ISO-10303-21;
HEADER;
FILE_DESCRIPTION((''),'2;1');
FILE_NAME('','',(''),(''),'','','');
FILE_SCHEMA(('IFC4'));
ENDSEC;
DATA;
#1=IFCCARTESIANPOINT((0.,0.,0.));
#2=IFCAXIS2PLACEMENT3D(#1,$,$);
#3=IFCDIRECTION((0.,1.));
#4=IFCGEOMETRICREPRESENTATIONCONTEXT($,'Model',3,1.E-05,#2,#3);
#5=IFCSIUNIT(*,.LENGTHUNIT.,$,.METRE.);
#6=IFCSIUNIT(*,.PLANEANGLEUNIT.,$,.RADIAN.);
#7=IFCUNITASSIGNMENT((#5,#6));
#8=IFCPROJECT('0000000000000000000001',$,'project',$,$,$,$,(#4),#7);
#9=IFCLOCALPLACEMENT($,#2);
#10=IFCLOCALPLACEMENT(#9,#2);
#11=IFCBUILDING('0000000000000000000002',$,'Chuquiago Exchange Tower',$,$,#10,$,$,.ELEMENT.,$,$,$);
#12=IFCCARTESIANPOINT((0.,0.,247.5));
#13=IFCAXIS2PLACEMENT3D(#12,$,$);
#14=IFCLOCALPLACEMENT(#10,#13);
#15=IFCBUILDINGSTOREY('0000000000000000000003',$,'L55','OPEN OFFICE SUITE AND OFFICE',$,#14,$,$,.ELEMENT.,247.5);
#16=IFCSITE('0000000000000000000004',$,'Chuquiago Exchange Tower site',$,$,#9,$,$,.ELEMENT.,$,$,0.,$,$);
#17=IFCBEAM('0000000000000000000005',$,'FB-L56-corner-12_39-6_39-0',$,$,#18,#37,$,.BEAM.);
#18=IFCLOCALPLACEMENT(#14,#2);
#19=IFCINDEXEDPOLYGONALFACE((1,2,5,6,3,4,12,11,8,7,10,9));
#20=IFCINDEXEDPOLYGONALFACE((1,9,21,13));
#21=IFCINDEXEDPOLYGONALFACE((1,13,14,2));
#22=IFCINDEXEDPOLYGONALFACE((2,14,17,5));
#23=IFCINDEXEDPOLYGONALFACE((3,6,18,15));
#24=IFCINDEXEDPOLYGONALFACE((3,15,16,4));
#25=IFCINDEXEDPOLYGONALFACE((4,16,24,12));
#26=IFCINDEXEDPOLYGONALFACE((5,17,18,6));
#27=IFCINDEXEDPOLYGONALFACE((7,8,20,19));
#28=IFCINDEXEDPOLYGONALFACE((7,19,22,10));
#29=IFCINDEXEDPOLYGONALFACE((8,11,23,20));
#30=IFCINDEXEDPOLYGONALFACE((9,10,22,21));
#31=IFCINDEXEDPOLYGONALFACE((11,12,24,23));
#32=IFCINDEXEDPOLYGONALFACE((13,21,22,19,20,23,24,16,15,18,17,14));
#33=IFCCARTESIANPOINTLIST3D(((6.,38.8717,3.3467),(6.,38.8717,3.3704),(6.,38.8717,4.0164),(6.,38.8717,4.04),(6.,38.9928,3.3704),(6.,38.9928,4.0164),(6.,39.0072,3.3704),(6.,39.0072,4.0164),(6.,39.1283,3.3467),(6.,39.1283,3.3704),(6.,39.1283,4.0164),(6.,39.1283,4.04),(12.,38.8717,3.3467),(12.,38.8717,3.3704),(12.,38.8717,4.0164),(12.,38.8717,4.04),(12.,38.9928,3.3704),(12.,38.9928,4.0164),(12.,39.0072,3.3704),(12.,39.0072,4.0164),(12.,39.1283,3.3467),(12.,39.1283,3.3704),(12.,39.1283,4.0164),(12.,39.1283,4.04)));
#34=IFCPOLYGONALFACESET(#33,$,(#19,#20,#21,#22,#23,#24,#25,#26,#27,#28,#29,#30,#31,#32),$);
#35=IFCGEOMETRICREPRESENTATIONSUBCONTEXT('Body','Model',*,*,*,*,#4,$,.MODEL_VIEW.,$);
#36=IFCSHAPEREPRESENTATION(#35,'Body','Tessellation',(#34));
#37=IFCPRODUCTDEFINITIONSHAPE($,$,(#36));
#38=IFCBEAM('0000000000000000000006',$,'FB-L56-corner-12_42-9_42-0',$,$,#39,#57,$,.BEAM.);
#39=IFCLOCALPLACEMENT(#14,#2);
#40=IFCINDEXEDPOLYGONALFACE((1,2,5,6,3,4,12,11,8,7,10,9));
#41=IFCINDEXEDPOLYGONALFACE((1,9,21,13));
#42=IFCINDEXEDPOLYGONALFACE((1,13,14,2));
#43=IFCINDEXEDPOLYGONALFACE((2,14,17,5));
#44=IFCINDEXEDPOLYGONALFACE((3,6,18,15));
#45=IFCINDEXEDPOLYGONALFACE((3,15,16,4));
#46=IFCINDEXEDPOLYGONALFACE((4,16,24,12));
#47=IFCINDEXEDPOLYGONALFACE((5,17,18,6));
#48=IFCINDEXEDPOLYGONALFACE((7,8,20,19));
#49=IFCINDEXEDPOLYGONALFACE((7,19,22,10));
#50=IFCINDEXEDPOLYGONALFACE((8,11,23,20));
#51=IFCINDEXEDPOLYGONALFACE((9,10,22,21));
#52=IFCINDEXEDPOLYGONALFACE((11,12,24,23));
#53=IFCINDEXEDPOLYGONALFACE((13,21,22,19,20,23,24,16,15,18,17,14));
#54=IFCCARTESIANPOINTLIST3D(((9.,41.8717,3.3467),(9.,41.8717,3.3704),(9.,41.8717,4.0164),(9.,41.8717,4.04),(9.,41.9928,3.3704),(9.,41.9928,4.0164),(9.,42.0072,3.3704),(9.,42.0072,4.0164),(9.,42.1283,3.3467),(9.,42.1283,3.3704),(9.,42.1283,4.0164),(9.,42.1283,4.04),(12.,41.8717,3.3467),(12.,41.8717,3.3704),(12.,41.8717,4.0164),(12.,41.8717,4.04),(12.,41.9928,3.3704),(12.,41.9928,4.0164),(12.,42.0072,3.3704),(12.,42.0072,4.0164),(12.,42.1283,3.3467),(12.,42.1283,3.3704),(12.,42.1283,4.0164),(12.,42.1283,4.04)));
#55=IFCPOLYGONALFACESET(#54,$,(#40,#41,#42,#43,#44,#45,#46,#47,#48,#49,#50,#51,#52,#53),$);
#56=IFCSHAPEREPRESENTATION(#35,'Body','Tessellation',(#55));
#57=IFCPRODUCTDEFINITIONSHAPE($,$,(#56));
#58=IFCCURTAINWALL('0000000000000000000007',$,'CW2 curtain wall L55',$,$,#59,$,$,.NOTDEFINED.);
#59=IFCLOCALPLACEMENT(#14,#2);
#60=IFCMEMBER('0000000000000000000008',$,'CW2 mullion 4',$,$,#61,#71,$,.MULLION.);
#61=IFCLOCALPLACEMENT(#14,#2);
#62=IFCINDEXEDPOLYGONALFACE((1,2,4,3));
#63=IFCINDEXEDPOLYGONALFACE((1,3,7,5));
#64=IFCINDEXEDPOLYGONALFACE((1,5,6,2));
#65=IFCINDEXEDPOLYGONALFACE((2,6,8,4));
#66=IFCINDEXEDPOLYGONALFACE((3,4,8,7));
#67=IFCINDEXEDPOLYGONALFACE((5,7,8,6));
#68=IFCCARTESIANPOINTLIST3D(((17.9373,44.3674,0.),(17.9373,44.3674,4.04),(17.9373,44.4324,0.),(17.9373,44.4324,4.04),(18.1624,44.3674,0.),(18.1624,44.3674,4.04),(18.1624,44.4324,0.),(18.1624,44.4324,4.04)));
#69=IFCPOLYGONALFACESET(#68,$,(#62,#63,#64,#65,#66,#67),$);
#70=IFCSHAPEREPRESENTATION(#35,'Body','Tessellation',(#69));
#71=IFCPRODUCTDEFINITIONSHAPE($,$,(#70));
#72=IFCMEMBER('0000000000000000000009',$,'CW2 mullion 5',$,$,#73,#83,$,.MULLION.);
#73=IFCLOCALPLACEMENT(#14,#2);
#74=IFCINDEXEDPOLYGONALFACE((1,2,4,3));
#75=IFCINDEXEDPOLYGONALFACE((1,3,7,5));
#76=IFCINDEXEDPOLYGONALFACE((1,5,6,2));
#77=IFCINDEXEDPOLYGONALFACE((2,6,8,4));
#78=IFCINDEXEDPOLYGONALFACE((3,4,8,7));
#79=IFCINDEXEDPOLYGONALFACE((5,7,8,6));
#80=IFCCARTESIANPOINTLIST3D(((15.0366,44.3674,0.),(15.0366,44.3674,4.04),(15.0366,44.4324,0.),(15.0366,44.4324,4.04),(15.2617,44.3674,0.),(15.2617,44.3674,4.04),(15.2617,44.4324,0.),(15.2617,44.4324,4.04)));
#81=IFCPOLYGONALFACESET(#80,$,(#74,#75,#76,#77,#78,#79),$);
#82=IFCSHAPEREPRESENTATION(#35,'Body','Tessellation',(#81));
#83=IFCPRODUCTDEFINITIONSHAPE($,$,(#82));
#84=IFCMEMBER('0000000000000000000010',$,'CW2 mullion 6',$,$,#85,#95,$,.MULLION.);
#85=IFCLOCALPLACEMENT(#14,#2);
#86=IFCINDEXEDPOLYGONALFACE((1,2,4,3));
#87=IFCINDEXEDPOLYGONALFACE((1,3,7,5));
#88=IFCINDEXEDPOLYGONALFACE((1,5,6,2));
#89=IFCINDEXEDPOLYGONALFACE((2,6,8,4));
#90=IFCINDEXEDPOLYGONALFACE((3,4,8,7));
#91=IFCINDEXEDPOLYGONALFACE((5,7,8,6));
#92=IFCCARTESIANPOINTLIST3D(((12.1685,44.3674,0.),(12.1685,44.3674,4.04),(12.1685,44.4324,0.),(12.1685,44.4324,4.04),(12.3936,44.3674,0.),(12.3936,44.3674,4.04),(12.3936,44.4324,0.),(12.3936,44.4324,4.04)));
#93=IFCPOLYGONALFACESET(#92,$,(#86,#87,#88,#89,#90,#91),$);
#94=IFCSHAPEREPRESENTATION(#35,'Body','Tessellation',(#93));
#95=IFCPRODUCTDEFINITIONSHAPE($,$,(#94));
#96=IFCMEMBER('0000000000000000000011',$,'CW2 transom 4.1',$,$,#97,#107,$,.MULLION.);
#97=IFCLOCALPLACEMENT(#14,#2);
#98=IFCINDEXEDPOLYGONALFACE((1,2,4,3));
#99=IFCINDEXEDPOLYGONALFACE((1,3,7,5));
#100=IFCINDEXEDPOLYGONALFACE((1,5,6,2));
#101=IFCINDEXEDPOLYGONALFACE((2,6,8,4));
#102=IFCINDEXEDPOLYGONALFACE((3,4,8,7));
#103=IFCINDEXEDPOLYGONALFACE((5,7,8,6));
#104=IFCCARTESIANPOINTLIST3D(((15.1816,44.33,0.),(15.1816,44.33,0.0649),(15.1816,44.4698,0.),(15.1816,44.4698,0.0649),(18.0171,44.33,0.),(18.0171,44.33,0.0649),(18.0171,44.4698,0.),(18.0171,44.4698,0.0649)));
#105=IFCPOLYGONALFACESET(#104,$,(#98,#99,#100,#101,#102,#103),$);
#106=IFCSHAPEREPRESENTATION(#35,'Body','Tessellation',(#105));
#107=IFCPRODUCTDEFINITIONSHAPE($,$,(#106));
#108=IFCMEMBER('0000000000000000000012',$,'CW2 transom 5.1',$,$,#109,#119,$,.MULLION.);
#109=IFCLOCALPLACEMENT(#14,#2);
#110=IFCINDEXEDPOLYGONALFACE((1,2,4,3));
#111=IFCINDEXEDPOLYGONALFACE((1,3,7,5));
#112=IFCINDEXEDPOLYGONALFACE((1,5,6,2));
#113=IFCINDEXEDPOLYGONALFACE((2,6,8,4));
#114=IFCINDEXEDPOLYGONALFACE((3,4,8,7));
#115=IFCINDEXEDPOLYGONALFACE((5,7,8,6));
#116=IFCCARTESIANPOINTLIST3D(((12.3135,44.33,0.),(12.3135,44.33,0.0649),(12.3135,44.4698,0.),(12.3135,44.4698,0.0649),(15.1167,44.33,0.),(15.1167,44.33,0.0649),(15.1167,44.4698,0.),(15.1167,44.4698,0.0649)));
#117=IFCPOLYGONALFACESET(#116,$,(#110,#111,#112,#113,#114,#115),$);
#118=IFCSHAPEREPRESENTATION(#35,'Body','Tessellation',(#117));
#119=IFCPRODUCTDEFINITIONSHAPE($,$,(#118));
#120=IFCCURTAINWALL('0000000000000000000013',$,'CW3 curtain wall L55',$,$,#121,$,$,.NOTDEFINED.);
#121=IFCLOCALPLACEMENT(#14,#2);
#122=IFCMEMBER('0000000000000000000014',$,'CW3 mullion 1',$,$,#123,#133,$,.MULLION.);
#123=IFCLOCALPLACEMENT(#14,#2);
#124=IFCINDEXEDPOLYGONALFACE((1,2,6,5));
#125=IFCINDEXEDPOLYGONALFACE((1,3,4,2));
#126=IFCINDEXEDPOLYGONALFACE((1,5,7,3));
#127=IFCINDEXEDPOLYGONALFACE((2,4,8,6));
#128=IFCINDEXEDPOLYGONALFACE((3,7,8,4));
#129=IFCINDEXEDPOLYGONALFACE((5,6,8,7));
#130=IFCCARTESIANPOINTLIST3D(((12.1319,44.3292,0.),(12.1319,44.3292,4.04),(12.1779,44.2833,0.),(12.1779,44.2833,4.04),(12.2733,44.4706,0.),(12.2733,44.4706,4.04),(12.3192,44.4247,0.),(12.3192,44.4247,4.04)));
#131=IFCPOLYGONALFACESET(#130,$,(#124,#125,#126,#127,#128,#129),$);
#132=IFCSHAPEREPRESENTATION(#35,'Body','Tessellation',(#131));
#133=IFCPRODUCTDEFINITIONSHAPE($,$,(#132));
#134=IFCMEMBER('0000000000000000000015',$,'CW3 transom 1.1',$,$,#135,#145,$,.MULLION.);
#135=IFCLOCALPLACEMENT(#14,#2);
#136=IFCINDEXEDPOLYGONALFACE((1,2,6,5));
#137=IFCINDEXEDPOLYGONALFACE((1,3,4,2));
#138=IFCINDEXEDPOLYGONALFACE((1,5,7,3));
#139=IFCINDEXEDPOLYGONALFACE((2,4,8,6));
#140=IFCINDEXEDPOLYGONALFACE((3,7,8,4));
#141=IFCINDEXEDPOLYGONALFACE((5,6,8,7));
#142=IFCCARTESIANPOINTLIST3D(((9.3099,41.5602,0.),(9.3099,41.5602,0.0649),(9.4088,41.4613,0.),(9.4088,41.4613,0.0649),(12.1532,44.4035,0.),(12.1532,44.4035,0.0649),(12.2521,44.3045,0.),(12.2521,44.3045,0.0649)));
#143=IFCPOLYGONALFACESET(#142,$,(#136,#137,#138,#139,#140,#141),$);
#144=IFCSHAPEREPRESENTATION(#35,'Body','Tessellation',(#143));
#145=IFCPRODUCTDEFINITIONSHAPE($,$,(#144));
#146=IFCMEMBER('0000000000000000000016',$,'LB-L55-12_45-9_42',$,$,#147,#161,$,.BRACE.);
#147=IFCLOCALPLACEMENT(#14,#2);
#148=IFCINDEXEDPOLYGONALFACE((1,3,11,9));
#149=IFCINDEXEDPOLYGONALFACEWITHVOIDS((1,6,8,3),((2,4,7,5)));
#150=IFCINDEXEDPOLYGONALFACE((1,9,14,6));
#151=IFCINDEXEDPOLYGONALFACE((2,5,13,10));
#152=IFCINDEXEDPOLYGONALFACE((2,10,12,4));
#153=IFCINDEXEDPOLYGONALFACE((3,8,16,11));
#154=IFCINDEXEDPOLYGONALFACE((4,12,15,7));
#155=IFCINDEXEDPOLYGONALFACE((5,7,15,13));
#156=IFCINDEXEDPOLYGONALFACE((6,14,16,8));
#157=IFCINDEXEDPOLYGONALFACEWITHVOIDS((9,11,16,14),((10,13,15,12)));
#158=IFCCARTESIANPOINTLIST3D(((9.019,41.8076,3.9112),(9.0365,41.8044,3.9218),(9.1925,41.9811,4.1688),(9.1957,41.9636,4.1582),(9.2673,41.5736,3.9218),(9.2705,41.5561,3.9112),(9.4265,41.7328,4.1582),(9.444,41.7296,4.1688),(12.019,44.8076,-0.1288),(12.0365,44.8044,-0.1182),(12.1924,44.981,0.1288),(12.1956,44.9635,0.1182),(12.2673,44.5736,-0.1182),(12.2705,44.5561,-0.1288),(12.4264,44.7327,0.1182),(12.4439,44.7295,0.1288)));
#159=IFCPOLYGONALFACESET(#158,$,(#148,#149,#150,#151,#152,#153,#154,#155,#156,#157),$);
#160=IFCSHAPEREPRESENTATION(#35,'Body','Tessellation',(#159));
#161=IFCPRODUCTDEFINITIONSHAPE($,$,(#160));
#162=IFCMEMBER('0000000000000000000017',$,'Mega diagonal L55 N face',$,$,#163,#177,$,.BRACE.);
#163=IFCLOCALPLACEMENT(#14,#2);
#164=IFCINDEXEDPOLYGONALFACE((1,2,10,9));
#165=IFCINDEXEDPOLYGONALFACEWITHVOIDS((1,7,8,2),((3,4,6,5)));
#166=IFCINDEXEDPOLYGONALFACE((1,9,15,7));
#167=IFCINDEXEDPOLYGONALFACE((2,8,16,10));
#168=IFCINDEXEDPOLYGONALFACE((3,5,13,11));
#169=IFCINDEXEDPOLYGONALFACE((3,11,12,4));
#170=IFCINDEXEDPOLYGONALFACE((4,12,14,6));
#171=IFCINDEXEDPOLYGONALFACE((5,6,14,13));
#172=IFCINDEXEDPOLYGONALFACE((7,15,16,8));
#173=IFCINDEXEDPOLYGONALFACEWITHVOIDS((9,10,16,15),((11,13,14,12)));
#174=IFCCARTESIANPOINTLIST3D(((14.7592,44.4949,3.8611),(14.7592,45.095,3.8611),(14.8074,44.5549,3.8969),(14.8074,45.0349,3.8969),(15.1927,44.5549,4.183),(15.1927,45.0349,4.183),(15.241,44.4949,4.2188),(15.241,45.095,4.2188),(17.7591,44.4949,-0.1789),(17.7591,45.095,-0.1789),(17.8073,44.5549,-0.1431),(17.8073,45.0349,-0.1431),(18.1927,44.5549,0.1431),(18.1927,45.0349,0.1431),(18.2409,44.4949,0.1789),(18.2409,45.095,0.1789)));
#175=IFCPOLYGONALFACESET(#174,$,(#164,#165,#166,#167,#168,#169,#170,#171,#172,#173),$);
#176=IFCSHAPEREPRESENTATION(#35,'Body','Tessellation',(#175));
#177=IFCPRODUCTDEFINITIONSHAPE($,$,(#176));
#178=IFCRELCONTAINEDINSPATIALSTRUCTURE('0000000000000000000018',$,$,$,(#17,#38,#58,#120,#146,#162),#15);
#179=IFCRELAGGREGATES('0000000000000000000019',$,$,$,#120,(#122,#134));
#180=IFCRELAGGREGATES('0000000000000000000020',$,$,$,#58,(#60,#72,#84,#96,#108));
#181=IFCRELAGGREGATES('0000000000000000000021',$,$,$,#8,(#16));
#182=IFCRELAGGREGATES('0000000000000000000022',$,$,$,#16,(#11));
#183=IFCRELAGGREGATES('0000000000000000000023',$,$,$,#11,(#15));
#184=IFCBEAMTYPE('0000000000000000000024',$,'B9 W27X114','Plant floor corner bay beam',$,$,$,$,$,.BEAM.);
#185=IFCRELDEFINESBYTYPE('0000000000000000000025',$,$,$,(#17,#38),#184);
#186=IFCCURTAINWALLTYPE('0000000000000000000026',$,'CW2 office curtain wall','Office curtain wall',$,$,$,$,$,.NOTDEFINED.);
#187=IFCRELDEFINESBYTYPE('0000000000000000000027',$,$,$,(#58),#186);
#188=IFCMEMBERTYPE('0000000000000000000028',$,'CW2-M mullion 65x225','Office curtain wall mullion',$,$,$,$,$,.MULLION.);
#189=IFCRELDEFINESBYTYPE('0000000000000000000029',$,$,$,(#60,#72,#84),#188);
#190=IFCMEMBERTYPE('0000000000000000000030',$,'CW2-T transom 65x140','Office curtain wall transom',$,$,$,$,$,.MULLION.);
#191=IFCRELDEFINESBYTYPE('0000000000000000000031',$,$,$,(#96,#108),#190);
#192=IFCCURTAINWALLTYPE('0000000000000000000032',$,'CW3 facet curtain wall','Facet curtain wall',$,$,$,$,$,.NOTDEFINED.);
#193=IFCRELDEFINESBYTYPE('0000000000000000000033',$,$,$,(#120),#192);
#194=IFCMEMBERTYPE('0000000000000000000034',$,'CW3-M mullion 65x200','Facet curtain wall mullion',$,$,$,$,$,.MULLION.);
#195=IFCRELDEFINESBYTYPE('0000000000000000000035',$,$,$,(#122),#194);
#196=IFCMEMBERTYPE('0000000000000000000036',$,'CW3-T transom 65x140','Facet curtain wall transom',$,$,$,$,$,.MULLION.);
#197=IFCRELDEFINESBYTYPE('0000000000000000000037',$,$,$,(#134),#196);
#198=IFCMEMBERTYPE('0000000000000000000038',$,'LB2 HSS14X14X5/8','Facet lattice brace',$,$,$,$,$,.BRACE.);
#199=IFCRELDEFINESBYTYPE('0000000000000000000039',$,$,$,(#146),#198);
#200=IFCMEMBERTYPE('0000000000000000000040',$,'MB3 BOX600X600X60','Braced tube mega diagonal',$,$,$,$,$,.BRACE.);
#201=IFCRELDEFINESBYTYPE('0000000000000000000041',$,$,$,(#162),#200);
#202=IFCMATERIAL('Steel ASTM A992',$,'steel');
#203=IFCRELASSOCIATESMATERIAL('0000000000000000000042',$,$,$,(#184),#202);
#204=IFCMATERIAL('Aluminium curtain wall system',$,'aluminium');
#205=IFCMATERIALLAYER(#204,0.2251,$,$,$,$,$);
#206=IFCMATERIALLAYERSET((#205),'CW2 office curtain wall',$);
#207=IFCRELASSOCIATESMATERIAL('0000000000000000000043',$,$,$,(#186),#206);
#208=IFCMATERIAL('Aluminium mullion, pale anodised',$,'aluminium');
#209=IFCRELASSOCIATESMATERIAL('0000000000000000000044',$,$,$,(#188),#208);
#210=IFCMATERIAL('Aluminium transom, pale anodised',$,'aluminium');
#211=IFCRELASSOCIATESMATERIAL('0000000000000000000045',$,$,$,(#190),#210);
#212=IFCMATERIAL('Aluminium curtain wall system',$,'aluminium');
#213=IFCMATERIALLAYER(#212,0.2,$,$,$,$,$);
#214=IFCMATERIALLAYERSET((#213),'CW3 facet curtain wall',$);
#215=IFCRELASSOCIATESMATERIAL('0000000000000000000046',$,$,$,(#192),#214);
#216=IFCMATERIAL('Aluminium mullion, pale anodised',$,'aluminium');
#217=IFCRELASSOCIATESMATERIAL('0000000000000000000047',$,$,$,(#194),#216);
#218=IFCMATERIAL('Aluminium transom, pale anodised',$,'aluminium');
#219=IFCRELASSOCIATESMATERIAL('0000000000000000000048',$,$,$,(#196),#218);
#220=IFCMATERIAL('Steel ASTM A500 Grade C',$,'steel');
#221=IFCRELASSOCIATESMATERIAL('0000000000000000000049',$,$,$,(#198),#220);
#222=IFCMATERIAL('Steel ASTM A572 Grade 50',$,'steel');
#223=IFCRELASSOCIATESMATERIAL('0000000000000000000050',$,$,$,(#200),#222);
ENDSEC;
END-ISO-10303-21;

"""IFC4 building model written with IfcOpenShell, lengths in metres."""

from ifc_helpers import new_model, si_unit, direction, frame, origin, origin_2d, place, context, subcontext, project, spatial, rectangle, hollow_rectangle, i_section, extrude, material, layer, layer_set, material_profile, profile_set, type_object, element, aggregate, save


model = new_model("IFC4")

# Units and contexts
model_context = context("Model", 3, precision=1e-05, world=origin(), true_north=direction((0.0, 1.0)))
body_context = subcontext(model_context, "Body", "Model", "MODEL_VIEW")
ifc_project = project(units=[si_unit("LENGTHUNIT", "METRE"), si_unit("PLANEANGLEUNIT", "RADIAN")], contexts=[model_context])

# Site, building, storey
site_placement = place(None, origin())
site = spatial("IfcSite", under=ifc_project, at=site_placement, Name="Chuquiago Exchange Tower site", CompositionType="ELEMENT", RefElevation=0.0)
building_placement = place(site_placement, origin())
building = spatial("IfcBuilding", under=site, at=building_placement, Name="Chuquiago Exchange Tower", CompositionType="ELEMENT")
storey_placement = place(building_placement, frame((0.0, 0.0, 247.5)))
storey = spatial("IfcBuildingStorey", under=building, at=storey_placement, Name="L55", Description="OPEN OFFICE SUITE AND OFFICE", CompositionType="ELEMENT", Elevation=247.5)

# Beams
ifc_material_1 = material(Name="Steel ASTM A992", Category="steel")
ifc_material_profile_1 = material_profile(ifc_material_1, i_section(OverallWidth=0.2566, OverallDepth=0.6934, WebThickness=0.0144, FlangeThickness=0.0237, at=origin_2d()), Name="W27X114")
ifc_profile_set_1 = profile_set([ifc_material_profile_1], Name="Steel ASTM A992")
beam_type_1 = type_object("IfcBeamType", Name="B9 W27X114", Description="Plant floor corner bay beam", PredefinedType="BEAM", material=ifc_profile_set_1)
beam_1_placement = place(storey_placement, frame((12.0, 39.0, 3.6934), z_axis=(-1.0, 0.0, 0.0), x_axis=(0.0, -1.0, 0.0)))
element("IfcBeam", 1, at=beam_1_placement, inside=storey, type_object=beam_type_1, Name="FB-L56-corner-12_39-6_39-0", PredefinedType="BEAM", context=body_context, shape_type="SweptSolid", body=[
    extrude(i_section(OverallWidth=0.2566, OverallDepth=0.6934, WebThickness=0.0144, FlangeThickness=0.0237, at=origin_2d()), origin(), (0.0, 0.0, 1.0), 6.0),
])
beam_2_placement = place(storey_placement, frame((12.0, 42.0, 3.6934), z_axis=(-1.0, 0.0, 0.0), x_axis=(0.0, -1.0, 0.0)))
element("IfcBeam", 2, at=beam_2_placement, inside=storey, type_object=beam_type_1, Name="FB-L56-corner-12_42-9_42-0", PredefinedType="BEAM", context=body_context, shape_type="SweptSolid", body=[
    extrude(i_section(OverallWidth=0.2566, OverallDepth=0.6934, WebThickness=0.0144, FlangeThickness=0.0237, at=origin_2d()), origin(), (0.0, 0.0, 1.0), 3.0),
])

# Curtain walls, members
ifc_material_2 = material(Name="Aluminium curtain wall system", Category="aluminium")
ifc_layer_1 = layer(ifc_material_2, 0.2251)
ifc_layer_set_1 = layer_set([ifc_layer_1], Name="CW2 office curtain wall")
curtain_wall_type_1 = type_object("IfcCurtainWallType", Name="CW2 office curtain wall", Description="Office curtain wall", PredefinedType="NOTDEFINED", material=ifc_layer_set_1)
curtain_wall_1_placement = place(storey_placement, origin())
curtain_wall_1 = element("IfcCurtainWall", 3, at=curtain_wall_1_placement, inside=storey, type_object=curtain_wall_type_1, Name="CW2 curtain wall L55", PredefinedType="NOTDEFINED")
ifc_material_3 = material(Name="Aluminium mullion, pale anodised", Category="aluminium")
ifc_material_profile_2 = material_profile(ifc_material_3, rectangle(XDim=0.0649, YDim=0.2251, at=origin_2d()), Name="AL 65x225")
ifc_profile_set_2 = profile_set([ifc_material_profile_2], Name="Aluminium mullion, pale anodised")
member_type_1 = type_object("IfcMemberType", Name="CW2-M mullion 65x225", Description="Office curtain wall mullion", PredefinedType="MULLION", material=ifc_profile_set_2)
member_1_placement = place(storey_placement, frame((18.0498, 44.3999, 0.0), z_axis=(0.0, 0.0, 1.0), x_axis=(0.0, -1.0, 0.0)))
member_1 = element("IfcMember", 4, at=member_1_placement, type_object=member_type_1, Name="CW2 mullion 4", PredefinedType="MULLION", context=body_context, shape_type="SweptSolid", body=[
    extrude(rectangle(XDim=0.0649, YDim=0.2251, at=origin_2d()), origin(), (0.0, 0.0, 1.0), 4.04),
])
member_2_placement = place(storey_placement, frame((15.1492, 44.3999, 0.0), z_axis=(0.0, 0.0, 1.0), x_axis=(0.0, -1.0, 0.0)))
member_2 = element("IfcMember", 5, at=member_2_placement, type_object=member_type_1, Name="CW2 mullion 5", PredefinedType="MULLION", context=body_context, shape_type="SweptSolid", body=[
    extrude(rectangle(XDim=0.0649, YDim=0.2251, at=origin_2d()), origin(), (0.0, 0.0, 1.0), 4.04),
])
member_3_placement = place(storey_placement, frame((12.281, 44.3999, 0.0), z_axis=(0.0, 0.0, 1.0), x_axis=(0.0, -1.0, 0.0)))
member_3 = element("IfcMember", 6, at=member_3_placement, type_object=member_type_1, Name="CW2 mullion 6", PredefinedType="MULLION", context=body_context, shape_type="SweptSolid", body=[
    extrude(rectangle(XDim=0.0649, YDim=0.2251, at=origin_2d()), origin(), (0.0, 0.0, 1.0), 4.04),
])
ifc_material_4 = material(Name="Aluminium transom, pale anodised", Category="aluminium")
ifc_material_profile_3 = material_profile(ifc_material_4, rectangle(XDim=0.1399, YDim=0.0649, at=origin_2d()), Name="AL 140x65")
ifc_profile_set_3 = profile_set([ifc_material_profile_3], Name="Aluminium transom, pale anodised")
member_type_2 = type_object("IfcMemberType", Name="CW2-T transom 65x140", Description="Office curtain wall transom", PredefinedType="MULLION", material=ifc_profile_set_3)
member_4_placement = place(storey_placement, frame((18.0171, 44.3999, 0.0325), z_axis=(-1.0, 0.0, 0.0), x_axis=(0.0, -1.0, 0.0)))
member_4 = element("IfcMember", 7, at=member_4_placement, type_object=member_type_2, Name="CW2 transom 4.1", PredefinedType="MULLION", context=body_context, shape_type="SweptSolid", body=[
    extrude(rectangle(XDim=0.1399, YDim=0.0649, at=origin_2d()), origin(), (0.0, 0.0, 1.0), 2.8354),
])
member_5_placement = place(storey_placement, frame((15.1167, 44.3999, 0.0325), z_axis=(-1.0, 0.0, 0.0), x_axis=(0.0, -1.0, 0.0)))
member_5 = element("IfcMember", 8, at=member_5_placement, type_object=member_type_2, Name="CW2 transom 5.1", PredefinedType="MULLION", context=body_context, shape_type="SweptSolid", body=[
    extrude(rectangle(XDim=0.1399, YDim=0.0649, at=origin_2d()), origin(), (0.0, 0.0, 1.0), 2.8032),
])
ifc_material_5 = material(Name="Aluminium curtain wall system", Category="aluminium")
ifc_layer_2 = layer(ifc_material_5, 0.2)
ifc_layer_set_2 = layer_set([ifc_layer_2], Name="CW3 facet curtain wall")
curtain_wall_type_2 = type_object("IfcCurtainWallType", Name="CW3 facet curtain wall", Description="Facet curtain wall", PredefinedType="NOTDEFINED", material=ifc_layer_set_2)
curtain_wall_2_placement = place(storey_placement, origin())
curtain_wall_2 = element("IfcCurtainWall", 9, at=curtain_wall_2_placement, inside=storey, type_object=curtain_wall_type_2, Name="CW3 curtain wall L55", PredefinedType="NOTDEFINED")
ifc_material_6 = material(Name="Aluminium mullion, pale anodised", Category="aluminium")
ifc_material_profile_4 = material_profile(ifc_material_6, rectangle(XDim=0.0649, YDim=0.2, at=origin_2d()), Name="AL 65x200")
ifc_profile_set_4 = profile_set([ifc_material_profile_4], Name="Aluminium mullion, pale anodised")
member_type_3 = type_object("IfcMemberType", Name="CW3-M mullion 65x200", Description="Facet curtain wall mullion", PredefinedType="MULLION", material=ifc_profile_set_4)
member_6_placement = place(storey_placement, frame((12.2256, 44.377, 0.0), z_axis=(0.0, 0.0, 1.0), x_axis=(0.707107, -0.707107, 0.0)))
member_6 = element("IfcMember", 10, at=member_6_placement, type_object=member_type_3, Name="CW3 mullion 1", PredefinedType="MULLION", context=body_context, shape_type="SweptSolid", body=[
    extrude(rectangle(XDim=0.0649, YDim=0.2, at=origin_2d()), origin(), (0.0, 0.0, 1.0), 4.04),
])
ifc_material_7 = material(Name="Aluminium transom, pale anodised", Category="aluminium")
ifc_material_profile_5 = material_profile(ifc_material_7, rectangle(XDim=0.1399, YDim=0.0649, at=origin_2d()), Name="AL 140x65")
ifc_profile_set_5 = profile_set([ifc_material_profile_5], Name="Aluminium transom, pale anodised")
member_type_4 = type_object("IfcMemberType", Name="CW3-T transom 65x140", Description="Facet curtain wall transom", PredefinedType="MULLION", material=ifc_profile_set_5)
member_7_placement = place(storey_placement, frame((12.2026, 44.354, 0.0325), z_axis=(-0.707107, -0.707107, 0.0), x_axis=(0.707107, -0.707107, 0.0)))
member_7 = element("IfcMember", 11, at=member_7_placement, type_object=member_type_4, Name="CW3 transom 1.1", PredefinedType="MULLION", context=body_context, shape_type="SweptSolid", body=[
    extrude(rectangle(XDim=0.1399, YDim=0.0649, at=origin_2d()), origin(), (0.0, 0.0, 1.0), 4.021),
])
aggregate(curtain_wall_2, [member_6, member_7])

# Members
ifc_material_8 = material(Name="Steel ASTM A500 Grade C", Category="steel")
ifc_material_profile_6 = material_profile(ifc_material_8, hollow_rectangle(XDim=0.3557, YDim=0.3557, WallThickness=0.0146, at=origin_2d()), Name="HSS14X14X5/8")
ifc_profile_set_6 = profile_set([ifc_material_profile_6], Name="Steel ASTM A500 Grade C")
member_type_5 = type_object("IfcMemberType", Name="LB2 HSS14X14X5/8", Description="Facet lattice brace", PredefinedType="BRACE", material=ifc_profile_set_6)
member_8_placement = place(storey_placement, frame((12.2314, 44.7686, 0.0), z_axis=(-0.512077, -0.512077, 0.689604), x_axis=(0.707107, -0.707107, 0.0)))
element("IfcMember", 12, at=member_8_placement, inside=storey, type_object=member_type_5, Name="LB-L55-12_45-9_42", PredefinedType="BRACE", context=body_context, shape_type="SweptSolid", body=[
    extrude(hollow_rectangle(XDim=0.3557, YDim=0.3557, WallThickness=0.0146, at=origin_2d()), origin(), (0.0, 0.0, 1.0), 5.8584),
])
ifc_material_9 = material(Name="Steel ASTM A572 Grade 50", Category="steel")
ifc_material_profile_7 = material_profile(ifc_material_9, hollow_rectangle(XDim=0.6001, YDim=0.6001, WallThickness=0.0601, at=origin_2d()), Name="BOX600X600X60")
ifc_profile_set_7 = profile_set([ifc_material_profile_7], Name="Steel ASTM A572 Grade 50")
member_type_6 = type_object("IfcMemberType", Name="MB3 BOX600X600X60", Description="Braced tube mega diagonal", PredefinedType="BRACE", material=ifc_profile_set_7)
for number, where, z_axis, x_axis, name in (
    (13, (18.0, 44.7949, 0.0), (-0.596174, 0.0, 0.802855), (0.0, -1.0, 0.0), "Mega diagonal L55 N face"),
):
    element("IfcMember", number, at=place(storey_placement, frame(where, z_axis=z_axis, x_axis=x_axis)), inside=storey, type_object=member_type_6, Name=name, PredefinedType="BRACE", context=body_context, shape_type="SweptSolid", body=[
        extrude(hollow_rectangle(XDim=0.6001, YDim=0.6001, WallThickness=0.0601, at=origin_2d()), origin(), (0.0, 0.0, 1.0), 5.032),
    ])

aggregate(curtain_wall_1, [member_1, member_2, member_3, member_4, member_5])

save(model, "model.ifc")
